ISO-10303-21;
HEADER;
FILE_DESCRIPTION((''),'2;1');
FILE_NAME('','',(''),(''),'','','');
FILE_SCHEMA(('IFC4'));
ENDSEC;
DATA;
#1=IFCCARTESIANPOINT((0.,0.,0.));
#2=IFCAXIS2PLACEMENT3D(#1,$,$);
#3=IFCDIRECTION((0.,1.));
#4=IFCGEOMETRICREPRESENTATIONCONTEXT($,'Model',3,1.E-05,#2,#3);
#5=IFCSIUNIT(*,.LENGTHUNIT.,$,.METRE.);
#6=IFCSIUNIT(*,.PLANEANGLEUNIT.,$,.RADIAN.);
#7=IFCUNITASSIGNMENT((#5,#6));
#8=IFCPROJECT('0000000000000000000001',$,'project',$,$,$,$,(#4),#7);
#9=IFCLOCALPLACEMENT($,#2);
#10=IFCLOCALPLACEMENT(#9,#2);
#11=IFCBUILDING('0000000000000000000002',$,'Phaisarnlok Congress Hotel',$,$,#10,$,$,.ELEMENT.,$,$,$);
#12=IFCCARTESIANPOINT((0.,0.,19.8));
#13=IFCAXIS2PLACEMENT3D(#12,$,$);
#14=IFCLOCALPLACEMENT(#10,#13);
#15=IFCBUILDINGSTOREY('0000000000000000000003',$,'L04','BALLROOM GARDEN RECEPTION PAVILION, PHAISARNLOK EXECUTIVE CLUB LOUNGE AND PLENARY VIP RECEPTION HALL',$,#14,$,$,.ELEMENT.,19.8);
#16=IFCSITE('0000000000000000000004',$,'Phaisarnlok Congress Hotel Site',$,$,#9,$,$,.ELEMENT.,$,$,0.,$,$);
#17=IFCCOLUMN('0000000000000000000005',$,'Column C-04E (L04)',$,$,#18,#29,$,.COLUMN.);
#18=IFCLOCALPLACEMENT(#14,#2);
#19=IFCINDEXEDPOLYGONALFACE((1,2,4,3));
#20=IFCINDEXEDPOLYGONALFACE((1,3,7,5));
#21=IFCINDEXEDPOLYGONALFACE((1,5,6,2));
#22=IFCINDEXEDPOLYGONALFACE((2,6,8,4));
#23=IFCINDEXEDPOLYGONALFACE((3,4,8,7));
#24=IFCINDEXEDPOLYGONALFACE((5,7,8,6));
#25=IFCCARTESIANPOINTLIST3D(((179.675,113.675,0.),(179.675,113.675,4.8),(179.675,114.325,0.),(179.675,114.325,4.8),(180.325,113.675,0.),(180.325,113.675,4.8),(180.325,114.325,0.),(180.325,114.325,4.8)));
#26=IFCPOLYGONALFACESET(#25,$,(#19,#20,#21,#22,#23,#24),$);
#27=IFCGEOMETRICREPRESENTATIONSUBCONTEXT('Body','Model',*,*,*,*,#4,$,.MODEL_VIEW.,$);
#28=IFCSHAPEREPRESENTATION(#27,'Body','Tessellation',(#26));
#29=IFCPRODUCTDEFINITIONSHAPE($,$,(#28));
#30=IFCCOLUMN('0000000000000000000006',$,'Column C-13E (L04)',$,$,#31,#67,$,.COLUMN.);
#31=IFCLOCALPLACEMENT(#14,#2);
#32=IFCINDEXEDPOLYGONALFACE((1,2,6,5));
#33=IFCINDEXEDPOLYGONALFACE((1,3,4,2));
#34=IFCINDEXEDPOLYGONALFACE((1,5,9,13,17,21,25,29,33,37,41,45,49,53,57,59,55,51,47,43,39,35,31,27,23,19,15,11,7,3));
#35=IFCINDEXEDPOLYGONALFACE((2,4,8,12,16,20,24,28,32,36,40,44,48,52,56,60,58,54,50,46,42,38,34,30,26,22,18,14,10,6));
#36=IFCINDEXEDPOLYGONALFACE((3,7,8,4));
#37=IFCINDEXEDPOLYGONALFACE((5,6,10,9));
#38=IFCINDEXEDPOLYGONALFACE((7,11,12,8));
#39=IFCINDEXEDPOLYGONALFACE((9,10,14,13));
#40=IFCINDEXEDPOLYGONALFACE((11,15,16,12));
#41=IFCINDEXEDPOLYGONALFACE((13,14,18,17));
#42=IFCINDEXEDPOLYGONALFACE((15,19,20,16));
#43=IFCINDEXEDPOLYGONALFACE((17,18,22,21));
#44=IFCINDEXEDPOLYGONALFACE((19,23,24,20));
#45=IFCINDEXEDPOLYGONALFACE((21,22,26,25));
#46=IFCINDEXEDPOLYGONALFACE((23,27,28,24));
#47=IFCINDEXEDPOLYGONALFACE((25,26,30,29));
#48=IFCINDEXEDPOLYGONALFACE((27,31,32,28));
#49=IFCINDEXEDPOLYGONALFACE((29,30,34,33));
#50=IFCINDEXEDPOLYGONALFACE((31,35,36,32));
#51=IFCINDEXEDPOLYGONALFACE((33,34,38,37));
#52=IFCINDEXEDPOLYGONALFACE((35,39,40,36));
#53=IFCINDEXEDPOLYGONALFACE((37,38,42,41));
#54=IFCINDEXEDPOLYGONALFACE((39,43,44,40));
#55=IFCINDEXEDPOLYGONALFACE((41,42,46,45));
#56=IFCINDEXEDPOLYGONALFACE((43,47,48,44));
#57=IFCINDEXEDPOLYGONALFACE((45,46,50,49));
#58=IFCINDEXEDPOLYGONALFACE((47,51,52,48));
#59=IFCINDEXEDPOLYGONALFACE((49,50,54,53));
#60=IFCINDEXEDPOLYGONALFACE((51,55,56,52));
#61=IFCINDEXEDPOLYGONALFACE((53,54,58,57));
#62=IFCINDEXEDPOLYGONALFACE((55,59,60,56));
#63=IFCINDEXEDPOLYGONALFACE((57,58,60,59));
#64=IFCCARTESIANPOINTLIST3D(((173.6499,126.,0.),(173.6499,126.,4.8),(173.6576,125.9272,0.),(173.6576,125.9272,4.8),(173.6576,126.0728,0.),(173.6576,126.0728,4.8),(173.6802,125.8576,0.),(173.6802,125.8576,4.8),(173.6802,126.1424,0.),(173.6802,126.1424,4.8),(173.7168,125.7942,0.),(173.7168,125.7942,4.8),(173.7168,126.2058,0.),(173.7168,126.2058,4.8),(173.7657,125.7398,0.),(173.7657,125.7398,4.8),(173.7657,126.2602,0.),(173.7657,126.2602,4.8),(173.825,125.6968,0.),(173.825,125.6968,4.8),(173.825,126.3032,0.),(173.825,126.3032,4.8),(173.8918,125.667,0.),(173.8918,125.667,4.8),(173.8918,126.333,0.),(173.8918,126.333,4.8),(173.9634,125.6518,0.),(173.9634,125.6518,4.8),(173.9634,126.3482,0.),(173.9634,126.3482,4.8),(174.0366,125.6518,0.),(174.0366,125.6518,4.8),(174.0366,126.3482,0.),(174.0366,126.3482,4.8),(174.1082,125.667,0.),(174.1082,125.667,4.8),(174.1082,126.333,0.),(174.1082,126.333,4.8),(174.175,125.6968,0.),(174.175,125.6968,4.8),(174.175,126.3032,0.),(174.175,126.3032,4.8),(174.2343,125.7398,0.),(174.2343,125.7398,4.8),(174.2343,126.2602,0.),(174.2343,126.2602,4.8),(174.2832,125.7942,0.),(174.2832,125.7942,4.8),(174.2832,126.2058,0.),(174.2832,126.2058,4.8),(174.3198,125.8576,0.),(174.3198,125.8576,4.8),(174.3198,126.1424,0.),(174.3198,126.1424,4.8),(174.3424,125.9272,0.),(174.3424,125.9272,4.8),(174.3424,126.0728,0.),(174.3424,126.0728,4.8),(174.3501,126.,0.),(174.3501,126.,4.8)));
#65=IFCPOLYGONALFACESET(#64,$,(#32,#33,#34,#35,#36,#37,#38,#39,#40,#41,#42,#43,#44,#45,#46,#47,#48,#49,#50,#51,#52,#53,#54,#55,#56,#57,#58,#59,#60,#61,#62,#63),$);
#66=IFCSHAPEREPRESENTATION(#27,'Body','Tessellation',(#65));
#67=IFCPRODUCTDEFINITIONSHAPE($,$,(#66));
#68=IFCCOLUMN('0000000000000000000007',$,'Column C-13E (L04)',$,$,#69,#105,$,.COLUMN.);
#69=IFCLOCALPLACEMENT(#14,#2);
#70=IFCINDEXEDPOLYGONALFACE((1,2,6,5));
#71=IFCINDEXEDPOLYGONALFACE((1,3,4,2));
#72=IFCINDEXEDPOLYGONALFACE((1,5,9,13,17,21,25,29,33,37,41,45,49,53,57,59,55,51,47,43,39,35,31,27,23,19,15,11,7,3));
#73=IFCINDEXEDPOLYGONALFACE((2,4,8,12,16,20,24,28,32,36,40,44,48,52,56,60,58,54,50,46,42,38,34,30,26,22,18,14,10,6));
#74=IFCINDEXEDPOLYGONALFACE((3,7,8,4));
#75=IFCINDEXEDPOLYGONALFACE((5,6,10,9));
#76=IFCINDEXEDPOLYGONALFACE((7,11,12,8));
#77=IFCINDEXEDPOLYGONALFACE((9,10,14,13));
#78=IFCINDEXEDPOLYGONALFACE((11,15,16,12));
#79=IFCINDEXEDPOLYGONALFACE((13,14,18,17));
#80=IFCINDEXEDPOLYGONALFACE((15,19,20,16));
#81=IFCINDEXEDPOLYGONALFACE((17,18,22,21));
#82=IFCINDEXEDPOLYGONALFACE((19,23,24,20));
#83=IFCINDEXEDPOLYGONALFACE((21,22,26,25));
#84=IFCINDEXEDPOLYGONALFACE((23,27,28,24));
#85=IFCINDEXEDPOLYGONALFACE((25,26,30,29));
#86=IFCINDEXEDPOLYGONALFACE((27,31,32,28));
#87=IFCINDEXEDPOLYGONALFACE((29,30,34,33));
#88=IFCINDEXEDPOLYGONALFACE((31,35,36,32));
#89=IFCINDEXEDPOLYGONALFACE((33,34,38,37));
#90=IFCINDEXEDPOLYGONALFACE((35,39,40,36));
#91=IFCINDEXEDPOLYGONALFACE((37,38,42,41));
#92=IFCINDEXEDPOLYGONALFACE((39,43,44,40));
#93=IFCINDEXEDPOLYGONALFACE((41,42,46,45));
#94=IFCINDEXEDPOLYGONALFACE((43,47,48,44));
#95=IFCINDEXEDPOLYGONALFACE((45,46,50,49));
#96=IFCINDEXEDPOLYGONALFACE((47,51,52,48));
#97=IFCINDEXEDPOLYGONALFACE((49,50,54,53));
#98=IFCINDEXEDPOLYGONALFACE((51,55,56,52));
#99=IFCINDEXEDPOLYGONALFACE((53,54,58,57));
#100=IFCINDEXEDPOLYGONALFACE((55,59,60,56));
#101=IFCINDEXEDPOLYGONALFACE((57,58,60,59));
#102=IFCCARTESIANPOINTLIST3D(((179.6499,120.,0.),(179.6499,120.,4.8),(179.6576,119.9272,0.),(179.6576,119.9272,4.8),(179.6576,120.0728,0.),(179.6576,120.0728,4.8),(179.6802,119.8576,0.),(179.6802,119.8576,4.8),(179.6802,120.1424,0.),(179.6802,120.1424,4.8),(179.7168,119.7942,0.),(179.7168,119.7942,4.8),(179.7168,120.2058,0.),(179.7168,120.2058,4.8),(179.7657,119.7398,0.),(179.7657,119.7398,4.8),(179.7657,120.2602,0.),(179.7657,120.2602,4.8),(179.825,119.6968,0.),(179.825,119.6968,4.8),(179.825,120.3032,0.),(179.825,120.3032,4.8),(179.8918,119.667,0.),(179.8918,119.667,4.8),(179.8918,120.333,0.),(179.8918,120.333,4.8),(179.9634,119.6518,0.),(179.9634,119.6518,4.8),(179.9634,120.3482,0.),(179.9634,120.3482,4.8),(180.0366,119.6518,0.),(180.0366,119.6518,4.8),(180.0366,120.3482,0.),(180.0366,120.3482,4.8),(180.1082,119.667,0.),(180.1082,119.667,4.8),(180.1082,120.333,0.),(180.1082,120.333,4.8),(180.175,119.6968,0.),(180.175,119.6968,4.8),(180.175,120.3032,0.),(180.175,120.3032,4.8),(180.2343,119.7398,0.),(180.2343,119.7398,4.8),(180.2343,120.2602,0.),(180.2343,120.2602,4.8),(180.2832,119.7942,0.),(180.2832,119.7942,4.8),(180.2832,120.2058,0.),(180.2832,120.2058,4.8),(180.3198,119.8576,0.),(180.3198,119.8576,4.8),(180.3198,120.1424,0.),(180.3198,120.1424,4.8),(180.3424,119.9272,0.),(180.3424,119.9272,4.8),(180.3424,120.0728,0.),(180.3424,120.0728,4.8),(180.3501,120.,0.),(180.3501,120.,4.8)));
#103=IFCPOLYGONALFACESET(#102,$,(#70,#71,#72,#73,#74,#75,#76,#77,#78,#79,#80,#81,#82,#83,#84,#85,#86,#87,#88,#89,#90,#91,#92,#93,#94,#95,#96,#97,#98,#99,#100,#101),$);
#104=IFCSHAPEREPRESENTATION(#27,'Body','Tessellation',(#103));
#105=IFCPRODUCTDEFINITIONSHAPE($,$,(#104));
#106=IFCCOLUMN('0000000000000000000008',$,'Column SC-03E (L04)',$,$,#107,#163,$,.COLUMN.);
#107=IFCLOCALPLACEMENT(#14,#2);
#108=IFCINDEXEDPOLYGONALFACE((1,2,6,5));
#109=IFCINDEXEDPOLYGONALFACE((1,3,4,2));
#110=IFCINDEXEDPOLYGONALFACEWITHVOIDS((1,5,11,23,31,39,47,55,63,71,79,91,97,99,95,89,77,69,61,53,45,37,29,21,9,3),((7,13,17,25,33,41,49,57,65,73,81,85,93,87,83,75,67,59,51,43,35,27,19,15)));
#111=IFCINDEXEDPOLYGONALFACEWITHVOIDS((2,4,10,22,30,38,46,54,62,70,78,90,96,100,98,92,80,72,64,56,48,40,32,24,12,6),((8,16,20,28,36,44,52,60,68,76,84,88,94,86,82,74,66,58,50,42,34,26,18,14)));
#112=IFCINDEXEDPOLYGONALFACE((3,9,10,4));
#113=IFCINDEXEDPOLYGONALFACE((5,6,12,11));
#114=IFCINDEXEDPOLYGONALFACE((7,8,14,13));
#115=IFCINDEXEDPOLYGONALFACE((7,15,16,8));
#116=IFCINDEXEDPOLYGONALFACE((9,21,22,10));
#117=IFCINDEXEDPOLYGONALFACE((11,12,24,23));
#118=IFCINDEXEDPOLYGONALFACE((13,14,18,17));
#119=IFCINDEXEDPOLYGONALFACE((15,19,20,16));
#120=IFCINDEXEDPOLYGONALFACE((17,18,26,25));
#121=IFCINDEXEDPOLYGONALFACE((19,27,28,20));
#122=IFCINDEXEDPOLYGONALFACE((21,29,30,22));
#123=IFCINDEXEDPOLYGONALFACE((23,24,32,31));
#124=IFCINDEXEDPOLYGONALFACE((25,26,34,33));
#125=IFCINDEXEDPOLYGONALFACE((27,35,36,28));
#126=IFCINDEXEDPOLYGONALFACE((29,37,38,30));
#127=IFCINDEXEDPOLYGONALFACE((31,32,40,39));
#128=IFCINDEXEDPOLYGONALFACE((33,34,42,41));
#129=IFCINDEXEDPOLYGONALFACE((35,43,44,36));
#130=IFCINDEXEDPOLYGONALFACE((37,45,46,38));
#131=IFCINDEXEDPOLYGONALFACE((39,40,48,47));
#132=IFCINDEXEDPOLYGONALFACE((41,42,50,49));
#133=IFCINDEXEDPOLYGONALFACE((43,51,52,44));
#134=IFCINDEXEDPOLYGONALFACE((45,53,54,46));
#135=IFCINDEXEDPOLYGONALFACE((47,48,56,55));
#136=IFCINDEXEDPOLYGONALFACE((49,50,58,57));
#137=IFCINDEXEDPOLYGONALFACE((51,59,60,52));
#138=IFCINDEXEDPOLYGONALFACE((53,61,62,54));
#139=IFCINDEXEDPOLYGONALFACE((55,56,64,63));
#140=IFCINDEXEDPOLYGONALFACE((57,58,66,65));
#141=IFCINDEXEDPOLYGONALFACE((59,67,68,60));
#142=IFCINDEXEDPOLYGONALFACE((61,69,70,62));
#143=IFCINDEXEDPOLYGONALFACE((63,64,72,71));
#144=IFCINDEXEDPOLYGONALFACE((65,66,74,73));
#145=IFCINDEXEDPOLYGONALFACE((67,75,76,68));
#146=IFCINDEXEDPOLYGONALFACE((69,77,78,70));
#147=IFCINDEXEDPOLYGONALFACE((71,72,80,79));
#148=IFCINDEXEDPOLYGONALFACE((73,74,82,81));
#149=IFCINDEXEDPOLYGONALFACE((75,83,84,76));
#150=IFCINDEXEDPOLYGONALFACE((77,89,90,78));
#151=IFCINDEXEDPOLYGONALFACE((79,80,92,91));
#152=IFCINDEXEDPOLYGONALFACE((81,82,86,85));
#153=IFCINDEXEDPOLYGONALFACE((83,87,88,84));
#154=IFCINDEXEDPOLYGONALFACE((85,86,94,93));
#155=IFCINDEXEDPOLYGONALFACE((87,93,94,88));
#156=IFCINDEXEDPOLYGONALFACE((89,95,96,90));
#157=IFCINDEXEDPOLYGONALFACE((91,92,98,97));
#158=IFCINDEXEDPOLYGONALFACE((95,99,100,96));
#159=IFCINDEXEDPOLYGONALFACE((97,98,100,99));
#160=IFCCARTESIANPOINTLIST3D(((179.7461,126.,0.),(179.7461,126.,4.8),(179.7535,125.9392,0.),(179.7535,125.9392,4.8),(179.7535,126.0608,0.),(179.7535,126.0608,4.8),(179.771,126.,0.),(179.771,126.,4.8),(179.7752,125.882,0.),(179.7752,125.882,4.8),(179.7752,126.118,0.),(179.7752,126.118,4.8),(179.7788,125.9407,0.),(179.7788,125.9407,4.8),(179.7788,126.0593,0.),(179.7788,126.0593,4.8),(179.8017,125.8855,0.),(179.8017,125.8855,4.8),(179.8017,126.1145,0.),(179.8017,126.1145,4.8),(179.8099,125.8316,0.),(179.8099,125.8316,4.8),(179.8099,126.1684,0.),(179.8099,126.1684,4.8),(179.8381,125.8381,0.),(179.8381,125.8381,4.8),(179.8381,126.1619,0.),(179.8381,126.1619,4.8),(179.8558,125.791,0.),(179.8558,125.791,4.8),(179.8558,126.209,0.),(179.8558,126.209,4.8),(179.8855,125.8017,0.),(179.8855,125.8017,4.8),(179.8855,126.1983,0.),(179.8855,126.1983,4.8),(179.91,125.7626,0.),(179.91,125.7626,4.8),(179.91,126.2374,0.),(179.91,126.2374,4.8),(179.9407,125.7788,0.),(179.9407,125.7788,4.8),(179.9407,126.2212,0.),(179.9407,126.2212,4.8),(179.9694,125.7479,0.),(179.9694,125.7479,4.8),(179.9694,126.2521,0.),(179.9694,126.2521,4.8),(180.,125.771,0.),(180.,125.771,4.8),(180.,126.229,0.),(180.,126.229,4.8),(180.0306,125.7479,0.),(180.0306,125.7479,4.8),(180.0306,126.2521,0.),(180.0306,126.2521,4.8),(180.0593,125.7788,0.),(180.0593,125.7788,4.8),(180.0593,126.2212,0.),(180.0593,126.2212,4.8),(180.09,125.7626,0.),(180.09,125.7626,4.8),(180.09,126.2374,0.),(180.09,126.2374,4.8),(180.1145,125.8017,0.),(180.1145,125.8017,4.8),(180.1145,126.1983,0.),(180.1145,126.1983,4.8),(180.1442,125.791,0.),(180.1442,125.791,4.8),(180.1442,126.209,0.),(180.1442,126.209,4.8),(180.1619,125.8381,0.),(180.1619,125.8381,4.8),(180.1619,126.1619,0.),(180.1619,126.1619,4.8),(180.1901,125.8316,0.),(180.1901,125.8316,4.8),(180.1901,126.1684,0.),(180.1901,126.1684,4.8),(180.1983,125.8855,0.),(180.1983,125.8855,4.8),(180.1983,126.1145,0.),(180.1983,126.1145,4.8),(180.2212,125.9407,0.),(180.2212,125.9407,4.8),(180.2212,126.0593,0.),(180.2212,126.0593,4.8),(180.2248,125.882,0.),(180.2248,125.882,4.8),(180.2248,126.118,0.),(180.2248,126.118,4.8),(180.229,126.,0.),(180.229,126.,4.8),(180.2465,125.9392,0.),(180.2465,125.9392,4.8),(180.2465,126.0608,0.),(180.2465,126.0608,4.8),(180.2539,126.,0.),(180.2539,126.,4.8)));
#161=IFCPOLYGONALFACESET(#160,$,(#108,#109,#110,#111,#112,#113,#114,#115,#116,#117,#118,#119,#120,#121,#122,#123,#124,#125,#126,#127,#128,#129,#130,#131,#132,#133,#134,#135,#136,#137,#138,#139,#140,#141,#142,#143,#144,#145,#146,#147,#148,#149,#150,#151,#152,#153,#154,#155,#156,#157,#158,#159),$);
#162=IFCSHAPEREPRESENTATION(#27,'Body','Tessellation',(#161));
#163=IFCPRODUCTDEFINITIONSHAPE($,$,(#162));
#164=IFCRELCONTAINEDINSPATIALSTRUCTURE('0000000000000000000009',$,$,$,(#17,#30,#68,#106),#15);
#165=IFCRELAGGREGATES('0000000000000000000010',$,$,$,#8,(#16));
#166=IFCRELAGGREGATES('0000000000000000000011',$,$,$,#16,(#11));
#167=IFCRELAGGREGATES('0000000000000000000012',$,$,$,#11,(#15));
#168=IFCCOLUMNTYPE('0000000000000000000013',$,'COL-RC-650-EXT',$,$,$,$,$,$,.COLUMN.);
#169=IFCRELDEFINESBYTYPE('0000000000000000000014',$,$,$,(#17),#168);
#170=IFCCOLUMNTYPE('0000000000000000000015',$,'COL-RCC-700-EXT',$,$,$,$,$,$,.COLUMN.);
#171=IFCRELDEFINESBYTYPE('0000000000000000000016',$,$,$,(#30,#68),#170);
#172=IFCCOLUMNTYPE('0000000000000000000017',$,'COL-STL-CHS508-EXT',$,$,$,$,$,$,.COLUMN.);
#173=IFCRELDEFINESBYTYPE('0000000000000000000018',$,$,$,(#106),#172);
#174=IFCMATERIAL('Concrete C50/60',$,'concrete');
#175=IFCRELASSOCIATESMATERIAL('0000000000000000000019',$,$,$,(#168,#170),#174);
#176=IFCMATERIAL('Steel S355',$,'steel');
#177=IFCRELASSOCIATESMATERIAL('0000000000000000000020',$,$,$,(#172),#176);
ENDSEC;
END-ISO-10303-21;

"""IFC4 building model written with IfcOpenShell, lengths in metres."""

from ifc_helpers import new_model, si_unit, direction, frame, origin, origin_2d, place, context, subcontext, project, spatial, rectangle, circle, hollow_circle, extrude, material, material_profile, profile_set, type_object, element, save


model = new_model("IFC4")

# Units and contexts
model_context = context("Model", 3, precision=1e-05, world=origin(), true_north=direction((0.0, 1.0)))
body_context = subcontext(model_context, "Body", "Model", "MODEL_VIEW")
ifc_project = project(units=[si_unit("LENGTHUNIT", "METRE"), si_unit("PLANEANGLEUNIT", "RADIAN")], contexts=[model_context])

# Site, building, storey
site_placement = place(None, origin())
site = spatial("IfcSite", under=ifc_project, at=site_placement, Name="Phaisarnlok Congress Hotel Site", CompositionType="ELEMENT", RefElevation=0.0)
building_placement = place(site_placement, origin())
building = spatial("IfcBuilding", under=site, at=building_placement, Name="Phaisarnlok Congress Hotel", CompositionType="ELEMENT")
storey_placement = place(building_placement, frame((0.0, 0.0, 19.8)))
storey = spatial("IfcBuildingStorey", under=building, at=storey_placement, Name="L04", Description="BALLROOM GARDEN RECEPTION PAVILION, PHAISARNLOK EXECUTIVE CLUB LOUNGE AND PLENARY VIP RECEPTION HALL", CompositionType="ELEMENT", Elevation=19.8)

# Columns
ifc_material_1 = material(Name="Concrete C50/60", Category="concrete")
ifc_material_profile_1 = material_profile(ifc_material_1, rectangle(XDim=0.6499, YDim=0.6499, at=origin_2d()), Name="RC 650x650")
ifc_profile_set_1 = profile_set([ifc_material_profile_1], Name="Concrete C50/60")
column_type_1 = type_object("IfcColumnType", Name="COL-RC-650-EXT", PredefinedType="COLUMN", material=ifc_profile_set_1)
column_1_placement = place(storey_placement, frame((180.0, 114.0, 0.0), z_axis=(0.0, 0.0, 1.0), x_axis=(1.0, 0.0, 0.0)))
element("IfcColumn", 1, at=column_1_placement, inside=storey, type_object=column_type_1, Name="Column C-04E (L04)", PredefinedType="COLUMN", context=body_context, shape_type="SweptSolid", body=[
    extrude(rectangle(XDim=0.6499, YDim=0.6499, at=origin_2d()), origin(), (0.0, 0.0, 1.0), 4.8),
])
ifc_material_profile_2 = material_profile(ifc_material_1, circle(Radius=0.3501, at=origin_2d()), Name="RCC D700")
ifc_profile_set_2 = profile_set([ifc_material_profile_2], Name="Concrete C50/60")
column_type_2 = type_object("IfcColumnType", Name="COL-RCC-700-EXT", PredefinedType="COLUMN", material=ifc_profile_set_2)
for number, where, z_axis, x_axis, name in (
    (2, (174.0, 126.0, 0.0), (0.0, 0.0, 1.0), (1.0, 0.0, 0.0), "Column C-13E (L04)"),
    (3, (180.0, 120.0, 0.0), (0.0, 0.0, 1.0), (1.0, 0.0, 0.0), "Column C-13E (L04)"),
):
    element("IfcColumn", number, at=place(storey_placement, frame(where, z_axis=z_axis, x_axis=x_axis)), inside=storey, type_object=column_type_2, Name=name, PredefinedType="COLUMN", context=body_context, shape_type="SweptSolid", body=[
        extrude(circle(Radius=0.3501, at=origin_2d()), origin(), (0.0, 0.0, 1.0), 4.8),
    ])
ifc_material_2 = material(Name="Steel S355", Category="steel")
ifc_material_profile_3 = material_profile(ifc_material_2, hollow_circle(Radius=0.2539, WallThickness=0.0249, at=origin_2d()), Name="CHS 508x25")
ifc_profile_set_3 = profile_set([ifc_material_profile_3], Name="Steel S355")
column_type_3 = type_object("IfcColumnType", Name="COL-STL-CHS508-EXT", PredefinedType="COLUMN", material=ifc_profile_set_3)
column_2_placement = place(storey_placement, frame((180.0, 126.0, 0.0), z_axis=(0.0, 0.0, 1.0), x_axis=(1.0, 0.0, 0.0)))
element("IfcColumn", 4, at=column_2_placement, inside=storey, type_object=column_type_3, Name="Column SC-03E (L04)", PredefinedType="COLUMN", context=body_context, shape_type="SweptSolid", body=[
    extrude(hollow_circle(Radius=0.2539, WallThickness=0.0249, at=origin_2d()), origin(), (0.0, 0.0, 1.0), 4.8),
])

save(model, "model.ifc")
